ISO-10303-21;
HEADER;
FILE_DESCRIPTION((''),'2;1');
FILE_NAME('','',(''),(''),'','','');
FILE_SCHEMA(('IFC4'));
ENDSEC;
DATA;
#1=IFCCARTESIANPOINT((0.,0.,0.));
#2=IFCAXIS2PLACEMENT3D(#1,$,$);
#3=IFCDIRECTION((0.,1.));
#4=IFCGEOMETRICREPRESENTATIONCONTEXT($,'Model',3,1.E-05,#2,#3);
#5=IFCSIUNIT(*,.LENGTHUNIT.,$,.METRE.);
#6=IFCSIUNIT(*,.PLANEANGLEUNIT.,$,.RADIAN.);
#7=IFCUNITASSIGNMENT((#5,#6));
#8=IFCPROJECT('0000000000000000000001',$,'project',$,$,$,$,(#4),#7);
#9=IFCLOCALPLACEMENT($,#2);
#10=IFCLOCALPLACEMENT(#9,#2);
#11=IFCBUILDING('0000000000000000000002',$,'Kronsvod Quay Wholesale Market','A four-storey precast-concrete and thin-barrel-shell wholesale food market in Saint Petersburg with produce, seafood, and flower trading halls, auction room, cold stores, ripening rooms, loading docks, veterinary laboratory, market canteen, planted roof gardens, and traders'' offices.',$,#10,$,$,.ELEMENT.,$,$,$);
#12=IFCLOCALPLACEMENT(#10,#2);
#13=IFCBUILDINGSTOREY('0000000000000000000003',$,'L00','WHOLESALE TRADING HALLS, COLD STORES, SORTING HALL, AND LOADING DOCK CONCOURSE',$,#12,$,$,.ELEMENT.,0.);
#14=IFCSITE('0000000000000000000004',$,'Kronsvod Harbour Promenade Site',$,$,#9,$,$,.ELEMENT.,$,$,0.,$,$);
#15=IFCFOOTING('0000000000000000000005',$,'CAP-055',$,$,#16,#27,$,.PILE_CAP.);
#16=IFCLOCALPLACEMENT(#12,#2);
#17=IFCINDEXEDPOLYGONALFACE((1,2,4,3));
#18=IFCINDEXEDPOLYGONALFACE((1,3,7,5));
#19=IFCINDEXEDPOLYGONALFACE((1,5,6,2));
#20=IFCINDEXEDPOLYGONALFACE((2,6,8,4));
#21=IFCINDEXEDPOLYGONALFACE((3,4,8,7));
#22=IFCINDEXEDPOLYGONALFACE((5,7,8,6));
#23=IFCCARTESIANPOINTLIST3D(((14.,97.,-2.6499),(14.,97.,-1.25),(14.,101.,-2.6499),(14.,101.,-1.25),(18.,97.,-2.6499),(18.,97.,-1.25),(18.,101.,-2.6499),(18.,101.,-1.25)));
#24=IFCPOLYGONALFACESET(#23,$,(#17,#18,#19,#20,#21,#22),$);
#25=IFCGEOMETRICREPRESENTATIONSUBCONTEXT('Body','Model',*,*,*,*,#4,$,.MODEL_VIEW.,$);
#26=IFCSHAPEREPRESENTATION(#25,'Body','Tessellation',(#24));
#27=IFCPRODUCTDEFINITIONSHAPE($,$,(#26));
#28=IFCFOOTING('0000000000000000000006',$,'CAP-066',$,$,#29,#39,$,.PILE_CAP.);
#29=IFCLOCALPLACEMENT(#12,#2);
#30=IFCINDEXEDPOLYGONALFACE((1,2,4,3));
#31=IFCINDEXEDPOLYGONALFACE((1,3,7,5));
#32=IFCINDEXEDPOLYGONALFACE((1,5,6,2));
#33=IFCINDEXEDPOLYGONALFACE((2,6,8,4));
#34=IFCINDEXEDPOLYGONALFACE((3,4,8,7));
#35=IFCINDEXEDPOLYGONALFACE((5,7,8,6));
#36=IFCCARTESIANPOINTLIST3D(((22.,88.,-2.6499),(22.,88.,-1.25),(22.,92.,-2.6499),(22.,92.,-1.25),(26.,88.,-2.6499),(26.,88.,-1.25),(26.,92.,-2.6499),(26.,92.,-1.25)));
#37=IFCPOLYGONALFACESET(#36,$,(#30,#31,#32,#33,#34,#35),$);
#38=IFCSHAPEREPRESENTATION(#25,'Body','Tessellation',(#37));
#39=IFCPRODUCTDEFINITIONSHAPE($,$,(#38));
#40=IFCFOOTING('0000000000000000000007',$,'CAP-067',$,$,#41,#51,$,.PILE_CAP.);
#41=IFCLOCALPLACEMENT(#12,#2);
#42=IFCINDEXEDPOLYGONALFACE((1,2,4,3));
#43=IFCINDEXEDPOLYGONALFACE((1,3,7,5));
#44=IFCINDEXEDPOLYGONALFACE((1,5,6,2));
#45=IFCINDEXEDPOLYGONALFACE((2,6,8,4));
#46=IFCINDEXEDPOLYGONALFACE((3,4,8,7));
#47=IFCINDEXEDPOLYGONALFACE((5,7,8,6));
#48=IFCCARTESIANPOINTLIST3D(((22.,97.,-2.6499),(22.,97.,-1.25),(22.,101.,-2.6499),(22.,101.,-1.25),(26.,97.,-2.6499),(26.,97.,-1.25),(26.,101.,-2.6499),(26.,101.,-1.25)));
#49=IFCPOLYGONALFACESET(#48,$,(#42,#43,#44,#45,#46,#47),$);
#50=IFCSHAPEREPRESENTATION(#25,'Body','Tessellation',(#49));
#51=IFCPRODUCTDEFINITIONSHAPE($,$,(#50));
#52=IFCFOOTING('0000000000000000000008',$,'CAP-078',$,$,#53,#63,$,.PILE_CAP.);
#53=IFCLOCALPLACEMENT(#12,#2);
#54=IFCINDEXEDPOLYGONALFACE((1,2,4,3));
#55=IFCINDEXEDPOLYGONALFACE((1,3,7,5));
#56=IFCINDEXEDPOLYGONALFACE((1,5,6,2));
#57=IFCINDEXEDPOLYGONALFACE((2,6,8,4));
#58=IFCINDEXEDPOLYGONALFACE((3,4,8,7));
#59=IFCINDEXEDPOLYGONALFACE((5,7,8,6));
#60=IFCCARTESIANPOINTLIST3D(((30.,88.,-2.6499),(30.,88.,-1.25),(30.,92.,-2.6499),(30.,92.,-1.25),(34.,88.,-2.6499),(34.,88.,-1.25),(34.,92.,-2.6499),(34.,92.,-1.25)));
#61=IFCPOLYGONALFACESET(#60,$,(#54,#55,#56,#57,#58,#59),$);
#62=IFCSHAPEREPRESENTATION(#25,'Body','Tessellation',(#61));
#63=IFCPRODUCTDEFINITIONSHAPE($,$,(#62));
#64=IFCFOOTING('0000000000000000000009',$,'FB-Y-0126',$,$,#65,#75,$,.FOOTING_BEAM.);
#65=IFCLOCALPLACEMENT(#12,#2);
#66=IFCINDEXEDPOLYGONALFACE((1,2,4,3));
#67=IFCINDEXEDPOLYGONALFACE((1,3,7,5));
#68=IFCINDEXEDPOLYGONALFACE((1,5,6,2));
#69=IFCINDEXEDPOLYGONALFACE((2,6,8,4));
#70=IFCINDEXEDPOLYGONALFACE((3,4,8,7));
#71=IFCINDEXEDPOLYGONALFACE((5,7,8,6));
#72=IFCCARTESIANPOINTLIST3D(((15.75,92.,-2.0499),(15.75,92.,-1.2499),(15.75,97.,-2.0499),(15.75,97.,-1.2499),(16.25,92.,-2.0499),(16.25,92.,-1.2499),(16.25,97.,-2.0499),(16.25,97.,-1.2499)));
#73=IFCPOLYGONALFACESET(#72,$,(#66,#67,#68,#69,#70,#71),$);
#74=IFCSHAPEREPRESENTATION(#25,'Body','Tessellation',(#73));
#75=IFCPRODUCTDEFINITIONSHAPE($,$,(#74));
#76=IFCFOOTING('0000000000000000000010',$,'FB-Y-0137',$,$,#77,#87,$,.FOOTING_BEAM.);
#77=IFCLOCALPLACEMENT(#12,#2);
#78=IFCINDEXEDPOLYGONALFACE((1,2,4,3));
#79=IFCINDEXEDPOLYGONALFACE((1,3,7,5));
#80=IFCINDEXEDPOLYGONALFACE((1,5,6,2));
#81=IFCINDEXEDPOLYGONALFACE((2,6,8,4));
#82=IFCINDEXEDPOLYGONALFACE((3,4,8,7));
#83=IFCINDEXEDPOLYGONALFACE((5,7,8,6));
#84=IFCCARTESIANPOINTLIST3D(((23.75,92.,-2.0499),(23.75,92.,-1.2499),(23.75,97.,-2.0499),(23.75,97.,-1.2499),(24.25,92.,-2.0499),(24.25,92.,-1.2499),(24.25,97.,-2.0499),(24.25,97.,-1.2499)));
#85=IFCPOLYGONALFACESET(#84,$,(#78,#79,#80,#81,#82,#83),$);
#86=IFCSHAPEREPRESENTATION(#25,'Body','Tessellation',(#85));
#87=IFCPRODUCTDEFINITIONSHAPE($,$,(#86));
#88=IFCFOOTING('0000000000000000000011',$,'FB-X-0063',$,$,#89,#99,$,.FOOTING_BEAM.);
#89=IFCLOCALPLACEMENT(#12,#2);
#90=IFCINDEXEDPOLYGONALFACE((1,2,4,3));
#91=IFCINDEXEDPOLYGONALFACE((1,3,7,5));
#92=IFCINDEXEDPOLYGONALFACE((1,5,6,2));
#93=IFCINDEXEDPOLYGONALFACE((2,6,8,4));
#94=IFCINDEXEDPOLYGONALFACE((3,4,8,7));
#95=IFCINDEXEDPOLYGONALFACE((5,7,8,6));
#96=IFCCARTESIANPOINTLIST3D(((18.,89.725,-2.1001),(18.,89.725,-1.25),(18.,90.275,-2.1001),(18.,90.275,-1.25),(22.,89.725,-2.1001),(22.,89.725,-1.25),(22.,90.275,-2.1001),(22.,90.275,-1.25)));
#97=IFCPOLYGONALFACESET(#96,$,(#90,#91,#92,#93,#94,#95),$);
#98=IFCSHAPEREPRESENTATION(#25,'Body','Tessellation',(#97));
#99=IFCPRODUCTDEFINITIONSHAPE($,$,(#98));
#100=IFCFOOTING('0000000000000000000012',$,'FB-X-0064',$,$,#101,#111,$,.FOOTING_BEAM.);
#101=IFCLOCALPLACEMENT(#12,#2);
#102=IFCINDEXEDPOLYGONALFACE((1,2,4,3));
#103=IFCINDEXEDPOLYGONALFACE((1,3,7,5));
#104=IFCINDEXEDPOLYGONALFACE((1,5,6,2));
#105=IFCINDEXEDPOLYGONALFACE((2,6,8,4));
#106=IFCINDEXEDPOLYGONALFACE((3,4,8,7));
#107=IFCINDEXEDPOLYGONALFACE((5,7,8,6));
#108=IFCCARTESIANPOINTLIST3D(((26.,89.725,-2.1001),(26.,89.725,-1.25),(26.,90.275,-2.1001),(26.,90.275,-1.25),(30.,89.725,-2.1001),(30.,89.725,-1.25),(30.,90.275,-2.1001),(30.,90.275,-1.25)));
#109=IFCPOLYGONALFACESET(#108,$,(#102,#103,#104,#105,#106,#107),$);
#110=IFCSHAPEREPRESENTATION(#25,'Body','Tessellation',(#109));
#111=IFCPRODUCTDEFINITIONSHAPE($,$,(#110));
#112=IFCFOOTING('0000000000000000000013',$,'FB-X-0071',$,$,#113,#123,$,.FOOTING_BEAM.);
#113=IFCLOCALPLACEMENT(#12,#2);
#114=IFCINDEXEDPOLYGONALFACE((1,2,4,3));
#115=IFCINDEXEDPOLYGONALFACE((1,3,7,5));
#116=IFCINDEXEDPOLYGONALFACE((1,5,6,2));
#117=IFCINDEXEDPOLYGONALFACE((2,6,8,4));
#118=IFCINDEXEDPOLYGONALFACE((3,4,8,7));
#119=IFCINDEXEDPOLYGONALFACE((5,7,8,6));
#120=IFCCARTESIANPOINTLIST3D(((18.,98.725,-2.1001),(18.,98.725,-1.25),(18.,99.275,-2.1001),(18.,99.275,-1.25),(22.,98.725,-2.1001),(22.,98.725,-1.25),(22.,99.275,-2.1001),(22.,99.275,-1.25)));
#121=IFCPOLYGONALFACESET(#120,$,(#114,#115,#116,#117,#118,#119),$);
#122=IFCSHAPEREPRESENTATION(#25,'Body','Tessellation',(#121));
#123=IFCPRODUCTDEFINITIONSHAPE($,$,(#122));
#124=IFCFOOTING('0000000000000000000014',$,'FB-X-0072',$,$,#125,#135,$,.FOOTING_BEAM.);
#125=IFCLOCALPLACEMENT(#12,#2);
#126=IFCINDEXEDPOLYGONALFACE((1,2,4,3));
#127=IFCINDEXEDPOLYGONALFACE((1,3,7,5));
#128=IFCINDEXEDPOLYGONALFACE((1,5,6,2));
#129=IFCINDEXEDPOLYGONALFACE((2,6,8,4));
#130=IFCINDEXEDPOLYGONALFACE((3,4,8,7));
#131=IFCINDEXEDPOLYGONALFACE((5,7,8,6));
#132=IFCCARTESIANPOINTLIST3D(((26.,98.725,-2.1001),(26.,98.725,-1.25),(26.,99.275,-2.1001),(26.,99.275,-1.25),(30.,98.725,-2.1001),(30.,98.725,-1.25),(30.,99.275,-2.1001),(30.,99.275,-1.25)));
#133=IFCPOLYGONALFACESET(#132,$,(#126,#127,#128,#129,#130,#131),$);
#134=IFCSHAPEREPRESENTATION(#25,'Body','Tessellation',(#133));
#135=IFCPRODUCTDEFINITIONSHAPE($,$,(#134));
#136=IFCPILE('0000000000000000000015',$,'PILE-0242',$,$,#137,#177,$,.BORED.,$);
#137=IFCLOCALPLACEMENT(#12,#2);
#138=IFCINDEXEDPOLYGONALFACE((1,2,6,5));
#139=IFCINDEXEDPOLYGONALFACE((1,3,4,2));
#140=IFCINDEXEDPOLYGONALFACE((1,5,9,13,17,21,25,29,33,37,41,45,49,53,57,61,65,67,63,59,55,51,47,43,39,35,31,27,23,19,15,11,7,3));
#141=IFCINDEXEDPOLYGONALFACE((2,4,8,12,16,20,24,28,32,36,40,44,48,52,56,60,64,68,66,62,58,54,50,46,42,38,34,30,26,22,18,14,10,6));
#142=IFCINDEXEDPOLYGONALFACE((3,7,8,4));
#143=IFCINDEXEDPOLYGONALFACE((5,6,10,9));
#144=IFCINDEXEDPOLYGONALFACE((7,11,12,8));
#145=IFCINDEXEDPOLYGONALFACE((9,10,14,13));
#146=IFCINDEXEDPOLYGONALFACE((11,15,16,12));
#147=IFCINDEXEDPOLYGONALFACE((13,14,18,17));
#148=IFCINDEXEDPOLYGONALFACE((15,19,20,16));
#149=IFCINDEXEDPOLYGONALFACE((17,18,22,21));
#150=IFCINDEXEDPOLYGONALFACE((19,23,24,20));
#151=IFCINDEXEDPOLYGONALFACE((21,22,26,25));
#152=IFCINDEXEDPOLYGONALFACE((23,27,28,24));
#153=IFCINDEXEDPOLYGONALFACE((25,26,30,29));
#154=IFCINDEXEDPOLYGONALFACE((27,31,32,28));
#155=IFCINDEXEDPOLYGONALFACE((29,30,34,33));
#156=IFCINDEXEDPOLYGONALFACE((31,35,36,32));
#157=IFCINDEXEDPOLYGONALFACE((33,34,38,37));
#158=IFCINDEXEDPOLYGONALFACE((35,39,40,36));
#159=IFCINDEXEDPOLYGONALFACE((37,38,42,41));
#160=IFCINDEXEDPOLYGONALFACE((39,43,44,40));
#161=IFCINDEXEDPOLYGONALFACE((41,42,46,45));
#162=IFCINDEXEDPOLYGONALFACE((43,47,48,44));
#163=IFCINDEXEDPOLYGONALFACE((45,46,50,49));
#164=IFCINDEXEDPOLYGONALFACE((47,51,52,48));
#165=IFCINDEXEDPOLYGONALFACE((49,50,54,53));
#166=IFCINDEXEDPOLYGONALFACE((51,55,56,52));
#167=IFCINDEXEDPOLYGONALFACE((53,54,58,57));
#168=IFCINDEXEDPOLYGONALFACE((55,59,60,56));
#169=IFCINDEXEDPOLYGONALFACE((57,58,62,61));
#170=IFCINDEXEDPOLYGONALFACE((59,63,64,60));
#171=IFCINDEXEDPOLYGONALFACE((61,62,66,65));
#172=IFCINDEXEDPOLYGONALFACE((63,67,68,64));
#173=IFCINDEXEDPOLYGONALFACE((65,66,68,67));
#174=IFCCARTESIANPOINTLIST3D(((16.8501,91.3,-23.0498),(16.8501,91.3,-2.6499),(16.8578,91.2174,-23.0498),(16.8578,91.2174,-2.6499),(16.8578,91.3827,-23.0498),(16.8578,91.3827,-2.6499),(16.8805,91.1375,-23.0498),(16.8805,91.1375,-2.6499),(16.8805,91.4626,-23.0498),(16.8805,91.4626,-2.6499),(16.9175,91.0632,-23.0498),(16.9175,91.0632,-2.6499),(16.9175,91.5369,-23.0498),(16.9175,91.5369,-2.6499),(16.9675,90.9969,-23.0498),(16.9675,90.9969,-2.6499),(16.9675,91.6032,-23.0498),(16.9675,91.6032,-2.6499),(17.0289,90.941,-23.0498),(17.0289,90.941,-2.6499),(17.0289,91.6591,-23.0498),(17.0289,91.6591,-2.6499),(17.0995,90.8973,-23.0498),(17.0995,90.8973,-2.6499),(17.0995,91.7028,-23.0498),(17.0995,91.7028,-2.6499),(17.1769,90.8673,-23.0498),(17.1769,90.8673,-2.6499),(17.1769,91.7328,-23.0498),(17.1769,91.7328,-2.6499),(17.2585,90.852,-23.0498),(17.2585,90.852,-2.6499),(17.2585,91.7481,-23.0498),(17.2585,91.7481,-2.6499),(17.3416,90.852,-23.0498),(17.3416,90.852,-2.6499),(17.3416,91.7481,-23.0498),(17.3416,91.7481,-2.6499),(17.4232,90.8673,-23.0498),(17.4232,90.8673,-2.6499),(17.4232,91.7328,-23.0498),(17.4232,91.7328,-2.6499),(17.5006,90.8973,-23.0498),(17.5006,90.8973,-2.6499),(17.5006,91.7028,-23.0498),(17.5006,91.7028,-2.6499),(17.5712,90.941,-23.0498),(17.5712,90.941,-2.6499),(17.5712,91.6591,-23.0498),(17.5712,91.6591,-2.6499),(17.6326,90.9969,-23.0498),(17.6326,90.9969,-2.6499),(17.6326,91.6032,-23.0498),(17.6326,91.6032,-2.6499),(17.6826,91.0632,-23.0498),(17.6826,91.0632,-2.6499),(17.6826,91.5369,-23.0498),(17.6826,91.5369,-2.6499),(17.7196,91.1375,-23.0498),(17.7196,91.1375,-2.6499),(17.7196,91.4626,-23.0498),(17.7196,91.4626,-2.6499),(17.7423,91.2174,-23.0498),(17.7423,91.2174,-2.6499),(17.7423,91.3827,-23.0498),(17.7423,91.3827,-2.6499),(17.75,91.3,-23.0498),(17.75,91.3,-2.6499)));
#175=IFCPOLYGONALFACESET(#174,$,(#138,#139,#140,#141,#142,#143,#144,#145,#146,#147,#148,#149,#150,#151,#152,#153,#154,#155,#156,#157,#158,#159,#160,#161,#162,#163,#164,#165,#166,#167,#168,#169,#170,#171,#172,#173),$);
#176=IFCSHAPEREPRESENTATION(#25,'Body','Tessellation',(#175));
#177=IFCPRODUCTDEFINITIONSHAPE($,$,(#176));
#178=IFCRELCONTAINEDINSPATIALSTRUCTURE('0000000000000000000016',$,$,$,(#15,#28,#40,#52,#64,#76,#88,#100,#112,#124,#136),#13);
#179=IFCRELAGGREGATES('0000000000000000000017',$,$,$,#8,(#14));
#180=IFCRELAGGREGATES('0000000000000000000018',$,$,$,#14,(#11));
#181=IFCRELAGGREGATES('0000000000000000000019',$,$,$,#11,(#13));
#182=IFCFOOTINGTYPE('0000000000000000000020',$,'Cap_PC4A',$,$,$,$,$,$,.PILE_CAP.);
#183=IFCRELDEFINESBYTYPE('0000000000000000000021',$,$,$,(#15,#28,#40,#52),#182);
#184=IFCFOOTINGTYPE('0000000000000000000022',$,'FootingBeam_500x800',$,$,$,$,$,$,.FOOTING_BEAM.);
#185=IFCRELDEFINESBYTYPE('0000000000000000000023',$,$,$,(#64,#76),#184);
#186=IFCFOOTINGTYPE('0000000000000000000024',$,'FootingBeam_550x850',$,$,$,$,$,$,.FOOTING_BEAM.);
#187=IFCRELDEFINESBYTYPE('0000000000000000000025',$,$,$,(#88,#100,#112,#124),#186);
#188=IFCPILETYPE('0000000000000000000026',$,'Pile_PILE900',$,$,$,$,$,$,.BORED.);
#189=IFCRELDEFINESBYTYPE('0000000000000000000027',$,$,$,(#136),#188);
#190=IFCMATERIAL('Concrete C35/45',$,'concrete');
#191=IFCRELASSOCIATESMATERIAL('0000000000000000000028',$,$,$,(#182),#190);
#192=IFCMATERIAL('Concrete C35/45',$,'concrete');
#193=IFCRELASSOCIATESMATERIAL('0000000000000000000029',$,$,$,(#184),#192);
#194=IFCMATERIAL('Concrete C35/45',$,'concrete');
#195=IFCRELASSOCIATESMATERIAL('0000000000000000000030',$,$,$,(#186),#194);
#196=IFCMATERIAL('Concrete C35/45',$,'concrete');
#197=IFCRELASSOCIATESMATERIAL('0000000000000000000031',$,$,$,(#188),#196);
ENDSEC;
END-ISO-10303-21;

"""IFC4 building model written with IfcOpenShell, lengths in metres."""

from ifc_helpers import new_model, si_unit, direction, frame, origin, origin_2d, place, context, subcontext, project, spatial, rectangle, circle, extrude, material, material_profile, profile_set, type_object, element, save


model = new_model("IFC4")

# Units and contexts
model_context = context("Model", 3, precision=1e-05, world=origin(), true_north=direction((0.0, 1.0)))
body_context = subcontext(model_context, "Body", "Model", "MODEL_VIEW")
ifc_project = project(units=[si_unit("LENGTHUNIT", "METRE"), si_unit("PLANEANGLEUNIT", "RADIAN")], contexts=[model_context])

# Site, building, storey
site_placement = place(None, origin())
site = spatial("IfcSite", under=ifc_project, at=site_placement, Name="Kronsvod Harbour Promenade Site", CompositionType="ELEMENT", RefElevation=0.0)
building_placement = place(site_placement, origin())
building = spatial("IfcBuilding", under=site, at=building_placement, Name="Kronsvod Quay Wholesale Market", Description="A four-storey precast-concrete and thin-barrel-shell wholesale food market in Saint Petersburg with produce, seafood, and flower trading halls, auction room, cold stores, ripening rooms, loading docks, veterinary laboratory, market canteen, planted roof gardens, and traders' offices.", CompositionType="ELEMENT")
storey_placement = place(building_placement, origin())
storey = spatial("IfcBuildingStorey", under=building, at=storey_placement, Name="L00", Description="WHOLESALE TRADING HALLS, COLD STORES, SORTING HALL, AND LOADING DOCK CONCOURSE", CompositionType="ELEMENT", Elevation=0.0)

# Footings
ifc_material_1 = material(Name="Concrete C35/45", Category="concrete")
footing_type_1 = type_object("IfcFootingType", Name="Cap_PC4A", PredefinedType="PILE_CAP", material=ifc_material_1)
for number, where, z_axis, x_axis, name in (
    (1, (16.0, 99.0, -2.6499), (0.0, 0.0, 1.0), (1.0, 0.0, 0.0), "CAP-055"),
    (2, (24.0, 90.0, -2.6499), (0.0, 0.0, 1.0), (1.0, 0.0, 0.0), "CAP-066"),
    (3, (24.0, 99.0, -2.6499), (0.0, 0.0, 1.0), (1.0, 0.0, 0.0), "CAP-067"),
    (4, (32.0, 90.0, -2.6499), (0.0, 0.0, 1.0), (1.0, 0.0, 0.0), "CAP-078"),
):
    element("IfcFooting", number, at=place(storey_placement, frame(where, z_axis=z_axis, x_axis=x_axis)), inside=storey, type_object=footing_type_1, Name=name, PredefinedType="PILE_CAP", context=body_context, shape_type="SweptSolid", body=[
        extrude(rectangle(XDim=4.0, YDim=4.0, at=origin_2d()), origin(), (0.0, 0.0, 1.0), 1.3999),
    ])
ifc_material_2 = material(Name="Concrete C35/45", Category="concrete")
ifc_material_profile_1 = material_profile(ifc_material_2, rectangle(XDim=0.5, YDim=0.8, at=origin_2d()), Name="FB-01")
ifc_profile_set_1 = profile_set([ifc_material_profile_1], Name="Concrete C35/45")
footing_type_2 = type_object("IfcFootingType", Name="FootingBeam_500x800", PredefinedType="FOOTING_BEAM", material=ifc_profile_set_1)
for number, where, z_axis, x_axis, name in (
    (5, (16.0, 92.0, -1.6499), (0.0, 1.0, 0.0), (-1.0, 0.0, 0.0), "FB-Y-0126"),
    (6, (24.0, 92.0, -1.6499), (0.0, 1.0, 0.0), (-1.0, 0.0, 0.0), "FB-Y-0137"),
):
    element("IfcFooting", number, at=place(storey_placement, frame(where, z_axis=z_axis, x_axis=x_axis)), inside=storey, type_object=footing_type_2, Name=name, PredefinedType="FOOTING_BEAM", context=body_context, shape_type="SweptSolid", body=[
        extrude(rectangle(XDim=0.5, YDim=0.8, at=origin_2d()), origin(), (0.0, 0.0, 1.0), 5.0),
    ])
ifc_material_3 = material(Name="Concrete C35/45", Category="concrete")
ifc_material_profile_2 = material_profile(ifc_material_3, rectangle(XDim=0.55, YDim=0.8501, at=origin_2d()), Name="FB-03")
ifc_profile_set_2 = profile_set([ifc_material_profile_2], Name="Concrete C35/45")
footing_type_3 = type_object("IfcFootingType", Name="FootingBeam_550x850", PredefinedType="FOOTING_BEAM", material=ifc_profile_set_2)
for number, where, z_axis, x_axis, name in (
    (7, (18.0, 90.0, -1.675), (1.0, 0.0, 0.0), (0.0, 1.0, 0.0), "FB-X-0063"),
    (8, (26.0, 90.0, -1.675), (1.0, 0.0, 0.0), (0.0, 1.0, 0.0), "FB-X-0064"),
    (9, (18.0, 99.0, -1.675), (1.0, 0.0, 0.0), (0.0, 1.0, 0.0), "FB-X-0071"),
    (10, (26.0, 99.0, -1.675), (1.0, 0.0, 0.0), (0.0, 1.0, 0.0), "FB-X-0072"),
):
    element("IfcFooting", number, at=place(storey_placement, frame(where, z_axis=z_axis, x_axis=x_axis)), inside=storey, type_object=footing_type_3, Name=name, PredefinedType="FOOTING_BEAM", context=body_context, shape_type="SweptSolid", body=[
        extrude(rectangle(XDim=0.55, YDim=0.8501, at=origin_2d()), origin(), (0.0, 0.0, 1.0), 4.0),
    ])

# Pile
ifc_material_4 = material(Name="Concrete C35/45", Category="concrete")
ifc_material_profile_3 = material_profile(ifc_material_4, circle(Radius=0.45, at=origin_2d()), Name="PILE900")
ifc_profile_set_3 = profile_set([ifc_material_profile_3], Name="Concrete C35/45")
pile_type = type_object("IfcPileType", Name="Pile_PILE900", PredefinedType="BORED", material=ifc_profile_set_3)
for number, where, z_axis, x_axis, name in (
    (11, (17.3, 91.3, -2.6499), (0.0, 0.0, -1.0), (1.0, 0.0, 0.0), "PILE-0242"),
):
    element("IfcPile", number, at=place(storey_placement, frame(where, z_axis=z_axis, x_axis=x_axis)), inside=storey, type_object=pile_type, Name=name, PredefinedType="BORED", context=body_context, shape_type="SweptSolid", body=[
        extrude(circle(Radius=0.45, at=origin_2d()), origin(), (0.0, 0.0, 1.0), 20.3999),
    ])

save(model, "model.ifc")
